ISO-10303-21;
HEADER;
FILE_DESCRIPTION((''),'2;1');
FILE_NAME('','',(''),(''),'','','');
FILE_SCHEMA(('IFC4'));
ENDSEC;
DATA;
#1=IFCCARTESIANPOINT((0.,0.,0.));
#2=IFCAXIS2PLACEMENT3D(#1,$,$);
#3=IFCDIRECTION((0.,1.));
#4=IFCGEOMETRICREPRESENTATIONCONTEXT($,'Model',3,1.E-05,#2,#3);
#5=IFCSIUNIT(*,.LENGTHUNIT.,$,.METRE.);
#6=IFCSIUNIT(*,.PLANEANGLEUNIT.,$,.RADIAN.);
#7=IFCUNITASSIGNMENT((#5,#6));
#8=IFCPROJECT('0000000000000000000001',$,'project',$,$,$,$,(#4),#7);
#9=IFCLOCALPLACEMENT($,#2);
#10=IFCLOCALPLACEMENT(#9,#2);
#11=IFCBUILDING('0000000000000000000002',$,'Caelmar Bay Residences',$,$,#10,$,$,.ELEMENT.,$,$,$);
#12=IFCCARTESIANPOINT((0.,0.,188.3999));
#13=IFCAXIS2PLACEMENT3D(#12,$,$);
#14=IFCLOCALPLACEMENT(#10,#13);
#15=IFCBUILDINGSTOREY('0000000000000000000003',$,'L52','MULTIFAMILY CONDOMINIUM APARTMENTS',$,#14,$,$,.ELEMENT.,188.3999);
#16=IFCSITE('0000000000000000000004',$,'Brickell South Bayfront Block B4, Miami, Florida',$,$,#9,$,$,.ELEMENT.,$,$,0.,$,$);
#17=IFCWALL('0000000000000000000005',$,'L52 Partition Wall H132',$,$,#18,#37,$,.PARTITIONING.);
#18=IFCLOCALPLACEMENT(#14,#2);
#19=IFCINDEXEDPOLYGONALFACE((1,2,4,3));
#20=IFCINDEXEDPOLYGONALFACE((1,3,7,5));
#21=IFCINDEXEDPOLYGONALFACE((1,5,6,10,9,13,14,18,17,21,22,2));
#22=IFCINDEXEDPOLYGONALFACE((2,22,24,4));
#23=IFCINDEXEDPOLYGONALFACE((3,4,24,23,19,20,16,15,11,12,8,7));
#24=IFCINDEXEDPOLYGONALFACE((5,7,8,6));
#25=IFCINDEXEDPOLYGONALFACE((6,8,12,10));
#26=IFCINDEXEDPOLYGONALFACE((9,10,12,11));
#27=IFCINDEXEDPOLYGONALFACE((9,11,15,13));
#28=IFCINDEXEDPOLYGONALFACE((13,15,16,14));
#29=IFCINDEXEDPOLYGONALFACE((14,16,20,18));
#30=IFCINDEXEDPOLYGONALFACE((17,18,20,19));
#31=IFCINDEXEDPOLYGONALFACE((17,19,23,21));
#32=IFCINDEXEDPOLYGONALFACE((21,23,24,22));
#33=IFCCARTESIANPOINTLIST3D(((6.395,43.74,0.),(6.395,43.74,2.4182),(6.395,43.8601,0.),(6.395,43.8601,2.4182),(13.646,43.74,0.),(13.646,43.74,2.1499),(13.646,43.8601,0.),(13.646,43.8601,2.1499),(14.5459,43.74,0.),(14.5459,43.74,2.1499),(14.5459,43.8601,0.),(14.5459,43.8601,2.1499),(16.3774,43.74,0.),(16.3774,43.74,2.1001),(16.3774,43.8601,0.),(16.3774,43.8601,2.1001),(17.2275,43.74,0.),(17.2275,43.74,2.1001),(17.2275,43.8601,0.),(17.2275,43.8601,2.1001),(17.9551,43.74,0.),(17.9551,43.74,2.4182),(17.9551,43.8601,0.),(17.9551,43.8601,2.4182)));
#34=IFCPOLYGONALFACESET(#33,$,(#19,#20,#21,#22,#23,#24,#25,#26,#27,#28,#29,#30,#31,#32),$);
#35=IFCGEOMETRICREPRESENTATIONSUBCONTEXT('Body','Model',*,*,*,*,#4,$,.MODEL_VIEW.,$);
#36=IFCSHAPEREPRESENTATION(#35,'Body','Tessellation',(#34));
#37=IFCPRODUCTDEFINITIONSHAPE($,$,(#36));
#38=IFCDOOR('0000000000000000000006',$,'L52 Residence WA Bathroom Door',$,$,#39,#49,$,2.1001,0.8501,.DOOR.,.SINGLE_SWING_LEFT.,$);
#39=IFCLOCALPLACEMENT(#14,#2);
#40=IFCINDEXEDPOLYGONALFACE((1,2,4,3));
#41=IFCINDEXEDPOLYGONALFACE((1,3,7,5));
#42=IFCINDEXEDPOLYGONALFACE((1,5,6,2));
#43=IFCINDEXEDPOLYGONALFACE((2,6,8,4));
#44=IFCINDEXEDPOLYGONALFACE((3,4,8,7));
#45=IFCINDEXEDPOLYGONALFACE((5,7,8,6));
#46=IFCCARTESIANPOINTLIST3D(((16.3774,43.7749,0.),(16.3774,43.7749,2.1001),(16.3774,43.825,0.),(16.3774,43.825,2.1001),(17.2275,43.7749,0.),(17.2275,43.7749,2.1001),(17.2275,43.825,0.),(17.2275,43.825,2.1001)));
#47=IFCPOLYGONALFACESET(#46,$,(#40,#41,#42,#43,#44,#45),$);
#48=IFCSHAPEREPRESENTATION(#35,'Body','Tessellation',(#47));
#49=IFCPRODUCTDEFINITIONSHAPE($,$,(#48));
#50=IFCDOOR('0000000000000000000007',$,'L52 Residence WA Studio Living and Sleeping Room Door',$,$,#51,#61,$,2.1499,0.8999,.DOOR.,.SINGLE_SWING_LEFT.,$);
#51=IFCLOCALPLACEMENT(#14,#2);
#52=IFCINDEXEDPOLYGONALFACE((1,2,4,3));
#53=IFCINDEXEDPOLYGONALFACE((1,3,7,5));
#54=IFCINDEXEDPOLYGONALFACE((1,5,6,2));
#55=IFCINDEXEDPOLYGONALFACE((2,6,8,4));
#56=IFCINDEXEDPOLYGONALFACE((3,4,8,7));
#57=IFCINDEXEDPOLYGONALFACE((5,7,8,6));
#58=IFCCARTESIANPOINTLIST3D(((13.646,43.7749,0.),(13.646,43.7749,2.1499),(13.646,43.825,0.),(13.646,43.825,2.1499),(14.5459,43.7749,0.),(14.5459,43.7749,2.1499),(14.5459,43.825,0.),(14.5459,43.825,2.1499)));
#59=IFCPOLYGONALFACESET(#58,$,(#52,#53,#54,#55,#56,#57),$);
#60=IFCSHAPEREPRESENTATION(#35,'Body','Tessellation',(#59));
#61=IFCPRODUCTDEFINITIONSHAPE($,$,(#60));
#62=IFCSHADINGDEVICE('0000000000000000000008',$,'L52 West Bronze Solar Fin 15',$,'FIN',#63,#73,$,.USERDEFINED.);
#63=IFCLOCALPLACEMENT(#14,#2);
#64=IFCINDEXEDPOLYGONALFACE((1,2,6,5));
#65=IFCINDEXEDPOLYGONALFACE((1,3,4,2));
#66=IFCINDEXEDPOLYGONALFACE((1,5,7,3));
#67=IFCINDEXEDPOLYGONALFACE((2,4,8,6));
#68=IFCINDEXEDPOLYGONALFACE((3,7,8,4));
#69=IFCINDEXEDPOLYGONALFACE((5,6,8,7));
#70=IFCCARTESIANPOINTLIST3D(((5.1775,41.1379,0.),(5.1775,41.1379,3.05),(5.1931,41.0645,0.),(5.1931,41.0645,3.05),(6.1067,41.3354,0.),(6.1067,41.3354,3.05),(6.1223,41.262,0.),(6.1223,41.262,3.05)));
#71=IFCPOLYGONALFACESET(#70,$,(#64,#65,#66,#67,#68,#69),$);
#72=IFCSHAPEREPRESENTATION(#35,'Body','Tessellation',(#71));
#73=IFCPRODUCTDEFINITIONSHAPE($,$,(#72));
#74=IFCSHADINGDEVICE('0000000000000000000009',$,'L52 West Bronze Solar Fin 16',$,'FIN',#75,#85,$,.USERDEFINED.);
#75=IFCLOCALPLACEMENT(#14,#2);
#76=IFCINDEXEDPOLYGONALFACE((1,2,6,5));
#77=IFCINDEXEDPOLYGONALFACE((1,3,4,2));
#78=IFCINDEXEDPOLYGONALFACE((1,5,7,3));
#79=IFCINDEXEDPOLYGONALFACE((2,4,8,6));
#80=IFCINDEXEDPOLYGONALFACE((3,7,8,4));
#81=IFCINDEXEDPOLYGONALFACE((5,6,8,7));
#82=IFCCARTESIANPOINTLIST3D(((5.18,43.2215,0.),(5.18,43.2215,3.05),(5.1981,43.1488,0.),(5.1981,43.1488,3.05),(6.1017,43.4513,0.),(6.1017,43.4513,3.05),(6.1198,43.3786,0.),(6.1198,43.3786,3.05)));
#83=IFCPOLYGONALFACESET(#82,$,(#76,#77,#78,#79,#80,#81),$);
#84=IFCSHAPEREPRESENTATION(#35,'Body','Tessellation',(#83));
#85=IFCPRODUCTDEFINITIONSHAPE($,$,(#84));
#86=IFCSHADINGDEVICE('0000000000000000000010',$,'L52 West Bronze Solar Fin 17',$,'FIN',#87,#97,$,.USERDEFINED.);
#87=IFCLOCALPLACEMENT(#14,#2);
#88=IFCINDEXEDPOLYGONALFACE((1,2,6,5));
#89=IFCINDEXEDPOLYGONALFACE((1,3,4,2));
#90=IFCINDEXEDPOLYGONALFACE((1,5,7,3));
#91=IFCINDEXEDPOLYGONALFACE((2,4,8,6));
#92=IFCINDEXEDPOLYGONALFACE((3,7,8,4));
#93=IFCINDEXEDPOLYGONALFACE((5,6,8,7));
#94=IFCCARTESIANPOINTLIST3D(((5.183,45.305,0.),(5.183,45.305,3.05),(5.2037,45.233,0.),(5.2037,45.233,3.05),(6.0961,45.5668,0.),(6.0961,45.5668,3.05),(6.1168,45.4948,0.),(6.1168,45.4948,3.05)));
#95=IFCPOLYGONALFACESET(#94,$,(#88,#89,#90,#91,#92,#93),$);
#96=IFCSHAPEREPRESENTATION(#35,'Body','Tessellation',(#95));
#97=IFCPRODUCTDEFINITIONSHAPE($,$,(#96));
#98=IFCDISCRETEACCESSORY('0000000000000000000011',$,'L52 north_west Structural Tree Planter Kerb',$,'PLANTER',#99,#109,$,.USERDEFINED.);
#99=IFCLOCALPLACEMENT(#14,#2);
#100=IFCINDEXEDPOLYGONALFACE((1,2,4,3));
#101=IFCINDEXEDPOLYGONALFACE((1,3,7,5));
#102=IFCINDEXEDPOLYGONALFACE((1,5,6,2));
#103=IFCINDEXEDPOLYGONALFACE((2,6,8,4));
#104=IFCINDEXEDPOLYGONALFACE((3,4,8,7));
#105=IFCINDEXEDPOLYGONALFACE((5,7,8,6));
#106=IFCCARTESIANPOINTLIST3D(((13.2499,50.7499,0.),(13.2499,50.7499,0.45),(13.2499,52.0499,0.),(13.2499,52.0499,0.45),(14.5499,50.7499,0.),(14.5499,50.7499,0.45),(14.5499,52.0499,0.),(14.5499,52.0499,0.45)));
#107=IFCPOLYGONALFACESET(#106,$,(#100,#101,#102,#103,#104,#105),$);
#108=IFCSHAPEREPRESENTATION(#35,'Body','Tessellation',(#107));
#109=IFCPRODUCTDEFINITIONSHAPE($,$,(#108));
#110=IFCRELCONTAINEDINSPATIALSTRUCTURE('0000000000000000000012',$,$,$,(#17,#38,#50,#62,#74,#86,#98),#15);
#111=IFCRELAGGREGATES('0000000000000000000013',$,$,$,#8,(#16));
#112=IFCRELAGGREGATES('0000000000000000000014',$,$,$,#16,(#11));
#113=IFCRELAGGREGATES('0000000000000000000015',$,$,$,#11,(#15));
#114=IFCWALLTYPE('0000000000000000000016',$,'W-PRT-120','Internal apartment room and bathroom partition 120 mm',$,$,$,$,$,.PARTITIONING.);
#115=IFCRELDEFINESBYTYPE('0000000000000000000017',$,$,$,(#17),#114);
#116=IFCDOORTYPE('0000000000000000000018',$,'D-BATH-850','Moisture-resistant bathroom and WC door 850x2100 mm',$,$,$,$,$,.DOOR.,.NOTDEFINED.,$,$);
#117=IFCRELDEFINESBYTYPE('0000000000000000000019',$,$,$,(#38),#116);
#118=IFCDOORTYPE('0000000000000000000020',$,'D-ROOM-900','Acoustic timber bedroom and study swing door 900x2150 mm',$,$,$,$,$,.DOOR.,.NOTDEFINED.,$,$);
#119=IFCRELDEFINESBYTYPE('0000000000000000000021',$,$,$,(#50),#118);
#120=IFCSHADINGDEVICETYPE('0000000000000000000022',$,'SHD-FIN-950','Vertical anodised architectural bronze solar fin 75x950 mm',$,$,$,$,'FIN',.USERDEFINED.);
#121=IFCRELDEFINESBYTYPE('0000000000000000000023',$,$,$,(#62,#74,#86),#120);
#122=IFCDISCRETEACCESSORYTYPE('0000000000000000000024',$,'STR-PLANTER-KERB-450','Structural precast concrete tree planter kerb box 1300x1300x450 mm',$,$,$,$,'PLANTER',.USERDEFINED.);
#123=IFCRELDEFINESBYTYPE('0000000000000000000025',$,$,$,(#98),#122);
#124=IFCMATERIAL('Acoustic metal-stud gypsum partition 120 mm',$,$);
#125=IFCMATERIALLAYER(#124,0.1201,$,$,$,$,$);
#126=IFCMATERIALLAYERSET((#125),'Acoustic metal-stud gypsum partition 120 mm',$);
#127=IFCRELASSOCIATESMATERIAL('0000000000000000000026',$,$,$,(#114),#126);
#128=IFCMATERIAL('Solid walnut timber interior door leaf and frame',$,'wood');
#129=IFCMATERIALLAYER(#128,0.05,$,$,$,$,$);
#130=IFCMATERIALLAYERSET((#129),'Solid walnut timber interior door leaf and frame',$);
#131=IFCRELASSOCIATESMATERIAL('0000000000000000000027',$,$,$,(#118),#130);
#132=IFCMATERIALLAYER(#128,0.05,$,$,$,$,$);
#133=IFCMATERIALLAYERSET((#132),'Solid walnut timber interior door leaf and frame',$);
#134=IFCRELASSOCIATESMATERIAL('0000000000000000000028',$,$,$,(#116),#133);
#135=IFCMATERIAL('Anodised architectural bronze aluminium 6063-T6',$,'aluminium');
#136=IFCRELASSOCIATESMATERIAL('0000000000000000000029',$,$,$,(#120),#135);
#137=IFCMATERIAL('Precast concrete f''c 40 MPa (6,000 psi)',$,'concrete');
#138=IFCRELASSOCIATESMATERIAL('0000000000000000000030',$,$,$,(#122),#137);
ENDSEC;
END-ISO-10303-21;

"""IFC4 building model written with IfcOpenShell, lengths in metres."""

from ifc_helpers import new_model, si_unit, direction, frame, frame_2d, origin, origin_2d, place, context, subcontext, project, spatial, rectangle, extrude, material, layer, layer_set, material_profile, profile_set, type_object, element, fill, save


model = new_model("IFC4")

# Units and contexts
model_context = context("Model", 3, precision=1e-05, world=origin(), true_north=direction((0.0, 1.0)))
body_context = subcontext(model_context, "Body", "Model", "MODEL_VIEW")
ifc_project = project(units=[si_unit("LENGTHUNIT", "METRE"), si_unit("PLANEANGLEUNIT", "RADIAN")], contexts=[model_context])

# Site, building, storey
site_placement = place(None, origin())
site = spatial("IfcSite", under=ifc_project, at=site_placement, Name="Brickell South Bayfront Block B4, Miami, Florida", CompositionType="ELEMENT", RefElevation=0.0)
building_placement = place(site_placement, origin())
building = spatial("IfcBuilding", under=site, at=building_placement, Name="Caelmar Bay Residences", CompositionType="ELEMENT")
storey_placement = place(building_placement, frame((0.0, 0.0, 188.3999)))
storey = spatial("IfcBuildingStorey", under=building, at=storey_placement, Name="L52", Description="MULTIFAMILY CONDOMINIUM APARTMENTS", CompositionType="ELEMENT", Elevation=188.3999)

# Shared definitions
ifc_material_1 = material(Name="Precast concrete f'c 40 MPa (6,000 psi)", Category="concrete")

# Shared definitions
ifc_material_2 = material(Name="Acoustic metal-stud gypsum partition 120 mm")
ifc_layer_1 = layer(ifc_material_2, 0.1201)
ifc_layer_set_1 = layer_set([ifc_layer_1], Name="Acoustic metal-stud gypsum partition 120 mm")
wall_type_1 = type_object("IfcWallType", Name="W-PRT-120", Description="Internal apartment room and bathroom partition 120 mm", PredefinedType="PARTITIONING", material=ifc_layer_set_1)
ifc_material_3 = material(Name="Solid walnut timber interior door leaf and frame", Category="wood")
ifc_layer_2 = layer(ifc_material_3, 0.05)
ifc_layer_set_2 = layer_set([ifc_layer_2], Name="Solid walnut timber interior door leaf and frame")
door_type_1 = type_object("IfcDoorType", Name="D-ROOM-900", Description="Acoustic timber bedroom and study swing door 900x2150 mm", OperationType="NOTDEFINED", PredefinedType="DOOR", material=ifc_layer_set_2)

# Wall, openings, doors
wall_1_placement = place(storey_placement, frame((6.395, 43.8, 0.0), z_axis=(0.0, 0.0, 1.0), x_axis=(1.0, 0.0, 0.0)))
wall_1 = element("IfcWall", 1, at=wall_1_placement, inside=storey, type_object=wall_type_1, Name="L52 Partition Wall H132", PredefinedType="PARTITIONING", context=body_context, shape_type="SweptSolid", body=[
    extrude(rectangle(XDim=11.5601, YDim=0.1201, at=frame_2d((5.78, 0.0))), origin(), (0.0, 0.0, 1.0), 2.4182),
])
opening_1_placement = place(wall_1_placement, frame((7.251, 0.0, 0.0)))
opening_1 = element("IfcOpeningElement", 2, at=opening_1_placement, cuts=wall_1, PredefinedType="OPENING", context=body_context, shape_type="SweptSolid", body=[
    extrude(rectangle(XDim=0.8999, YDim=2.1499, at=frame_2d((0.45, 1.075))), frame((0.0, 0.0701, 0.0), z_axis=(0.0, -1.0, 0.0), x_axis=(1.0, 0.0, 0.0)), (0.0, 0.0, 1.0), 0.1401),
])
opening_2_placement = place(wall_1_placement, frame((9.9824, 0.0, 0.0)))
opening_2 = element("IfcOpeningElement", 3, at=opening_2_placement, cuts=wall_1, PredefinedType="OPENING", context=body_context, shape_type="SweptSolid", body=[
    extrude(rectangle(XDim=0.8501, YDim=2.1001, at=frame_2d((0.425, 1.05))), frame((0.0, 0.0701, 0.0), z_axis=(0.0, -1.0, 0.0), x_axis=(1.0, 0.0, 0.0)), (0.0, 0.0, 1.0), 0.1401),
])
ifc_layer_3 = layer(ifc_material_3, 0.05)
ifc_layer_set_3 = layer_set([ifc_layer_3], Name="Solid walnut timber interior door leaf and frame")
door_type_2 = type_object("IfcDoorType", Name="D-BATH-850", Description="Moisture-resistant bathroom and WC door 850x2100 mm", OperationType="NOTDEFINED", PredefinedType="DOOR", material=ifc_layer_set_3)
door_1_placement = place(opening_2_placement, origin())
door_1 = element("IfcDoor", 4, at=door_1_placement, inside=storey, type_object=door_type_2, Name="L52 Residence WA Bathroom Door", OperationType="SINGLE_SWING_LEFT", OverallHeight=2.1001, OverallWidth=0.8501, PredefinedType="DOOR", context=body_context, shape_type="SweptSolid", body=[
    extrude(rectangle(XDim=0.8501, YDim=2.1001, at=frame_2d((0.425, 1.05))), frame((0.0, 0.0249, 0.0), z_axis=(0.0, -1.0, 0.0), x_axis=(1.0, 0.0, 0.0)), (0.0, 0.0, 1.0), 0.05),
])
fill(opening_2, door_1)
door_2_placement = place(opening_1_placement, origin())
door_2 = element("IfcDoor", 5, at=door_2_placement, inside=storey, type_object=door_type_1, Name="L52 Residence WA Studio Living and Sleeping Room Door", OperationType="SINGLE_SWING_LEFT", OverallHeight=2.1499, OverallWidth=0.8999, PredefinedType="DOOR", context=body_context, shape_type="SweptSolid", body=[
    extrude(rectangle(XDim=0.8999, YDim=2.1499, at=frame_2d((0.45, 1.075))), frame((0.0, 0.0249, 0.0), z_axis=(0.0, -1.0, 0.0), x_axis=(1.0, 0.0, 0.0)), (0.0, 0.0, 1.0), 0.05),
])
fill(opening_1, door_2)

# Shading devices
ifc_material_4 = material(Name="Anodised architectural bronze aluminium 6063-T6", Category="aluminium")
ifc_material_profile_1 = material_profile(ifc_material_4, rectangle(XDim=0.075, YDim=0.95, at=origin_2d()), Name="BRONZE-FIN-75X950")
ifc_profile_set_1 = profile_set([ifc_material_profile_1], Name="Anodised architectural bronze aluminium 6063-T6")
shading_device_type = type_object("IfcShadingDeviceType", Name="SHD-FIN-950", Description="Vertical anodised architectural bronze solar fin 75x950 mm", ElementType="FIN", PredefinedType="USERDEFINED", material=ifc_profile_set_1)
for number, where, z_axis, x_axis, name in (
    (6, (5.6499, 41.2, 0.0), (0.0, 0.0, 1.0), (-0.207912, 0.978148, 0.0), "L52 West Bronze Solar Fin 15"),
    (7, (5.6499, 43.3, 0.0), (0.0, 0.0, 1.0), (-0.241922, 0.970296, 0.0), "L52 West Bronze Solar Fin 16"),
    (8, (5.6499, 45.3999, 0.0), (0.0, 0.0, 1.0), (-0.275637, 0.961262, 0.0), "L52 West Bronze Solar Fin 17"),
):
    element("IfcShadingDevice", number, at=place(storey_placement, frame(where, z_axis=z_axis, x_axis=x_axis)), inside=storey, type_object=shading_device_type, Name=name, ObjectType="FIN", PredefinedType="USERDEFINED", context=body_context, shape_type="SweptSolid", body=[
        extrude(rectangle(XDim=0.075, YDim=0.95, at=origin_2d()), origin(), (0.0, 0.0, 1.0), 3.05),
    ])

# Discrete accessory
discrete_accessory_type = type_object("IfcDiscreteAccessoryType", Name="STR-PLANTER-KERB-450", Description="Structural precast concrete tree planter kerb box 1300x1300x450 mm", ElementType="PLANTER", PredefinedType="USERDEFINED", material=ifc_material_1)
discrete_accessory_placement = place(storey_placement, frame((13.8999, 51.3999, 0.0), z_axis=(0.0, 0.0, 1.0), x_axis=(1.0, 0.0, 0.0)))
element("IfcDiscreteAccessory", 9, at=discrete_accessory_placement, inside=storey, type_object=discrete_accessory_type, Name="L52 north_west Structural Tree Planter Kerb", ObjectType="PLANTER", PredefinedType="USERDEFINED", context=body_context, shape_type="SweptSolid", body=[
    extrude(rectangle(XDim=1.3, YDim=1.3, at=origin_2d()), origin(), (0.0, 0.0, 1.0), 0.45),
])

save(model, "model.ifc")
